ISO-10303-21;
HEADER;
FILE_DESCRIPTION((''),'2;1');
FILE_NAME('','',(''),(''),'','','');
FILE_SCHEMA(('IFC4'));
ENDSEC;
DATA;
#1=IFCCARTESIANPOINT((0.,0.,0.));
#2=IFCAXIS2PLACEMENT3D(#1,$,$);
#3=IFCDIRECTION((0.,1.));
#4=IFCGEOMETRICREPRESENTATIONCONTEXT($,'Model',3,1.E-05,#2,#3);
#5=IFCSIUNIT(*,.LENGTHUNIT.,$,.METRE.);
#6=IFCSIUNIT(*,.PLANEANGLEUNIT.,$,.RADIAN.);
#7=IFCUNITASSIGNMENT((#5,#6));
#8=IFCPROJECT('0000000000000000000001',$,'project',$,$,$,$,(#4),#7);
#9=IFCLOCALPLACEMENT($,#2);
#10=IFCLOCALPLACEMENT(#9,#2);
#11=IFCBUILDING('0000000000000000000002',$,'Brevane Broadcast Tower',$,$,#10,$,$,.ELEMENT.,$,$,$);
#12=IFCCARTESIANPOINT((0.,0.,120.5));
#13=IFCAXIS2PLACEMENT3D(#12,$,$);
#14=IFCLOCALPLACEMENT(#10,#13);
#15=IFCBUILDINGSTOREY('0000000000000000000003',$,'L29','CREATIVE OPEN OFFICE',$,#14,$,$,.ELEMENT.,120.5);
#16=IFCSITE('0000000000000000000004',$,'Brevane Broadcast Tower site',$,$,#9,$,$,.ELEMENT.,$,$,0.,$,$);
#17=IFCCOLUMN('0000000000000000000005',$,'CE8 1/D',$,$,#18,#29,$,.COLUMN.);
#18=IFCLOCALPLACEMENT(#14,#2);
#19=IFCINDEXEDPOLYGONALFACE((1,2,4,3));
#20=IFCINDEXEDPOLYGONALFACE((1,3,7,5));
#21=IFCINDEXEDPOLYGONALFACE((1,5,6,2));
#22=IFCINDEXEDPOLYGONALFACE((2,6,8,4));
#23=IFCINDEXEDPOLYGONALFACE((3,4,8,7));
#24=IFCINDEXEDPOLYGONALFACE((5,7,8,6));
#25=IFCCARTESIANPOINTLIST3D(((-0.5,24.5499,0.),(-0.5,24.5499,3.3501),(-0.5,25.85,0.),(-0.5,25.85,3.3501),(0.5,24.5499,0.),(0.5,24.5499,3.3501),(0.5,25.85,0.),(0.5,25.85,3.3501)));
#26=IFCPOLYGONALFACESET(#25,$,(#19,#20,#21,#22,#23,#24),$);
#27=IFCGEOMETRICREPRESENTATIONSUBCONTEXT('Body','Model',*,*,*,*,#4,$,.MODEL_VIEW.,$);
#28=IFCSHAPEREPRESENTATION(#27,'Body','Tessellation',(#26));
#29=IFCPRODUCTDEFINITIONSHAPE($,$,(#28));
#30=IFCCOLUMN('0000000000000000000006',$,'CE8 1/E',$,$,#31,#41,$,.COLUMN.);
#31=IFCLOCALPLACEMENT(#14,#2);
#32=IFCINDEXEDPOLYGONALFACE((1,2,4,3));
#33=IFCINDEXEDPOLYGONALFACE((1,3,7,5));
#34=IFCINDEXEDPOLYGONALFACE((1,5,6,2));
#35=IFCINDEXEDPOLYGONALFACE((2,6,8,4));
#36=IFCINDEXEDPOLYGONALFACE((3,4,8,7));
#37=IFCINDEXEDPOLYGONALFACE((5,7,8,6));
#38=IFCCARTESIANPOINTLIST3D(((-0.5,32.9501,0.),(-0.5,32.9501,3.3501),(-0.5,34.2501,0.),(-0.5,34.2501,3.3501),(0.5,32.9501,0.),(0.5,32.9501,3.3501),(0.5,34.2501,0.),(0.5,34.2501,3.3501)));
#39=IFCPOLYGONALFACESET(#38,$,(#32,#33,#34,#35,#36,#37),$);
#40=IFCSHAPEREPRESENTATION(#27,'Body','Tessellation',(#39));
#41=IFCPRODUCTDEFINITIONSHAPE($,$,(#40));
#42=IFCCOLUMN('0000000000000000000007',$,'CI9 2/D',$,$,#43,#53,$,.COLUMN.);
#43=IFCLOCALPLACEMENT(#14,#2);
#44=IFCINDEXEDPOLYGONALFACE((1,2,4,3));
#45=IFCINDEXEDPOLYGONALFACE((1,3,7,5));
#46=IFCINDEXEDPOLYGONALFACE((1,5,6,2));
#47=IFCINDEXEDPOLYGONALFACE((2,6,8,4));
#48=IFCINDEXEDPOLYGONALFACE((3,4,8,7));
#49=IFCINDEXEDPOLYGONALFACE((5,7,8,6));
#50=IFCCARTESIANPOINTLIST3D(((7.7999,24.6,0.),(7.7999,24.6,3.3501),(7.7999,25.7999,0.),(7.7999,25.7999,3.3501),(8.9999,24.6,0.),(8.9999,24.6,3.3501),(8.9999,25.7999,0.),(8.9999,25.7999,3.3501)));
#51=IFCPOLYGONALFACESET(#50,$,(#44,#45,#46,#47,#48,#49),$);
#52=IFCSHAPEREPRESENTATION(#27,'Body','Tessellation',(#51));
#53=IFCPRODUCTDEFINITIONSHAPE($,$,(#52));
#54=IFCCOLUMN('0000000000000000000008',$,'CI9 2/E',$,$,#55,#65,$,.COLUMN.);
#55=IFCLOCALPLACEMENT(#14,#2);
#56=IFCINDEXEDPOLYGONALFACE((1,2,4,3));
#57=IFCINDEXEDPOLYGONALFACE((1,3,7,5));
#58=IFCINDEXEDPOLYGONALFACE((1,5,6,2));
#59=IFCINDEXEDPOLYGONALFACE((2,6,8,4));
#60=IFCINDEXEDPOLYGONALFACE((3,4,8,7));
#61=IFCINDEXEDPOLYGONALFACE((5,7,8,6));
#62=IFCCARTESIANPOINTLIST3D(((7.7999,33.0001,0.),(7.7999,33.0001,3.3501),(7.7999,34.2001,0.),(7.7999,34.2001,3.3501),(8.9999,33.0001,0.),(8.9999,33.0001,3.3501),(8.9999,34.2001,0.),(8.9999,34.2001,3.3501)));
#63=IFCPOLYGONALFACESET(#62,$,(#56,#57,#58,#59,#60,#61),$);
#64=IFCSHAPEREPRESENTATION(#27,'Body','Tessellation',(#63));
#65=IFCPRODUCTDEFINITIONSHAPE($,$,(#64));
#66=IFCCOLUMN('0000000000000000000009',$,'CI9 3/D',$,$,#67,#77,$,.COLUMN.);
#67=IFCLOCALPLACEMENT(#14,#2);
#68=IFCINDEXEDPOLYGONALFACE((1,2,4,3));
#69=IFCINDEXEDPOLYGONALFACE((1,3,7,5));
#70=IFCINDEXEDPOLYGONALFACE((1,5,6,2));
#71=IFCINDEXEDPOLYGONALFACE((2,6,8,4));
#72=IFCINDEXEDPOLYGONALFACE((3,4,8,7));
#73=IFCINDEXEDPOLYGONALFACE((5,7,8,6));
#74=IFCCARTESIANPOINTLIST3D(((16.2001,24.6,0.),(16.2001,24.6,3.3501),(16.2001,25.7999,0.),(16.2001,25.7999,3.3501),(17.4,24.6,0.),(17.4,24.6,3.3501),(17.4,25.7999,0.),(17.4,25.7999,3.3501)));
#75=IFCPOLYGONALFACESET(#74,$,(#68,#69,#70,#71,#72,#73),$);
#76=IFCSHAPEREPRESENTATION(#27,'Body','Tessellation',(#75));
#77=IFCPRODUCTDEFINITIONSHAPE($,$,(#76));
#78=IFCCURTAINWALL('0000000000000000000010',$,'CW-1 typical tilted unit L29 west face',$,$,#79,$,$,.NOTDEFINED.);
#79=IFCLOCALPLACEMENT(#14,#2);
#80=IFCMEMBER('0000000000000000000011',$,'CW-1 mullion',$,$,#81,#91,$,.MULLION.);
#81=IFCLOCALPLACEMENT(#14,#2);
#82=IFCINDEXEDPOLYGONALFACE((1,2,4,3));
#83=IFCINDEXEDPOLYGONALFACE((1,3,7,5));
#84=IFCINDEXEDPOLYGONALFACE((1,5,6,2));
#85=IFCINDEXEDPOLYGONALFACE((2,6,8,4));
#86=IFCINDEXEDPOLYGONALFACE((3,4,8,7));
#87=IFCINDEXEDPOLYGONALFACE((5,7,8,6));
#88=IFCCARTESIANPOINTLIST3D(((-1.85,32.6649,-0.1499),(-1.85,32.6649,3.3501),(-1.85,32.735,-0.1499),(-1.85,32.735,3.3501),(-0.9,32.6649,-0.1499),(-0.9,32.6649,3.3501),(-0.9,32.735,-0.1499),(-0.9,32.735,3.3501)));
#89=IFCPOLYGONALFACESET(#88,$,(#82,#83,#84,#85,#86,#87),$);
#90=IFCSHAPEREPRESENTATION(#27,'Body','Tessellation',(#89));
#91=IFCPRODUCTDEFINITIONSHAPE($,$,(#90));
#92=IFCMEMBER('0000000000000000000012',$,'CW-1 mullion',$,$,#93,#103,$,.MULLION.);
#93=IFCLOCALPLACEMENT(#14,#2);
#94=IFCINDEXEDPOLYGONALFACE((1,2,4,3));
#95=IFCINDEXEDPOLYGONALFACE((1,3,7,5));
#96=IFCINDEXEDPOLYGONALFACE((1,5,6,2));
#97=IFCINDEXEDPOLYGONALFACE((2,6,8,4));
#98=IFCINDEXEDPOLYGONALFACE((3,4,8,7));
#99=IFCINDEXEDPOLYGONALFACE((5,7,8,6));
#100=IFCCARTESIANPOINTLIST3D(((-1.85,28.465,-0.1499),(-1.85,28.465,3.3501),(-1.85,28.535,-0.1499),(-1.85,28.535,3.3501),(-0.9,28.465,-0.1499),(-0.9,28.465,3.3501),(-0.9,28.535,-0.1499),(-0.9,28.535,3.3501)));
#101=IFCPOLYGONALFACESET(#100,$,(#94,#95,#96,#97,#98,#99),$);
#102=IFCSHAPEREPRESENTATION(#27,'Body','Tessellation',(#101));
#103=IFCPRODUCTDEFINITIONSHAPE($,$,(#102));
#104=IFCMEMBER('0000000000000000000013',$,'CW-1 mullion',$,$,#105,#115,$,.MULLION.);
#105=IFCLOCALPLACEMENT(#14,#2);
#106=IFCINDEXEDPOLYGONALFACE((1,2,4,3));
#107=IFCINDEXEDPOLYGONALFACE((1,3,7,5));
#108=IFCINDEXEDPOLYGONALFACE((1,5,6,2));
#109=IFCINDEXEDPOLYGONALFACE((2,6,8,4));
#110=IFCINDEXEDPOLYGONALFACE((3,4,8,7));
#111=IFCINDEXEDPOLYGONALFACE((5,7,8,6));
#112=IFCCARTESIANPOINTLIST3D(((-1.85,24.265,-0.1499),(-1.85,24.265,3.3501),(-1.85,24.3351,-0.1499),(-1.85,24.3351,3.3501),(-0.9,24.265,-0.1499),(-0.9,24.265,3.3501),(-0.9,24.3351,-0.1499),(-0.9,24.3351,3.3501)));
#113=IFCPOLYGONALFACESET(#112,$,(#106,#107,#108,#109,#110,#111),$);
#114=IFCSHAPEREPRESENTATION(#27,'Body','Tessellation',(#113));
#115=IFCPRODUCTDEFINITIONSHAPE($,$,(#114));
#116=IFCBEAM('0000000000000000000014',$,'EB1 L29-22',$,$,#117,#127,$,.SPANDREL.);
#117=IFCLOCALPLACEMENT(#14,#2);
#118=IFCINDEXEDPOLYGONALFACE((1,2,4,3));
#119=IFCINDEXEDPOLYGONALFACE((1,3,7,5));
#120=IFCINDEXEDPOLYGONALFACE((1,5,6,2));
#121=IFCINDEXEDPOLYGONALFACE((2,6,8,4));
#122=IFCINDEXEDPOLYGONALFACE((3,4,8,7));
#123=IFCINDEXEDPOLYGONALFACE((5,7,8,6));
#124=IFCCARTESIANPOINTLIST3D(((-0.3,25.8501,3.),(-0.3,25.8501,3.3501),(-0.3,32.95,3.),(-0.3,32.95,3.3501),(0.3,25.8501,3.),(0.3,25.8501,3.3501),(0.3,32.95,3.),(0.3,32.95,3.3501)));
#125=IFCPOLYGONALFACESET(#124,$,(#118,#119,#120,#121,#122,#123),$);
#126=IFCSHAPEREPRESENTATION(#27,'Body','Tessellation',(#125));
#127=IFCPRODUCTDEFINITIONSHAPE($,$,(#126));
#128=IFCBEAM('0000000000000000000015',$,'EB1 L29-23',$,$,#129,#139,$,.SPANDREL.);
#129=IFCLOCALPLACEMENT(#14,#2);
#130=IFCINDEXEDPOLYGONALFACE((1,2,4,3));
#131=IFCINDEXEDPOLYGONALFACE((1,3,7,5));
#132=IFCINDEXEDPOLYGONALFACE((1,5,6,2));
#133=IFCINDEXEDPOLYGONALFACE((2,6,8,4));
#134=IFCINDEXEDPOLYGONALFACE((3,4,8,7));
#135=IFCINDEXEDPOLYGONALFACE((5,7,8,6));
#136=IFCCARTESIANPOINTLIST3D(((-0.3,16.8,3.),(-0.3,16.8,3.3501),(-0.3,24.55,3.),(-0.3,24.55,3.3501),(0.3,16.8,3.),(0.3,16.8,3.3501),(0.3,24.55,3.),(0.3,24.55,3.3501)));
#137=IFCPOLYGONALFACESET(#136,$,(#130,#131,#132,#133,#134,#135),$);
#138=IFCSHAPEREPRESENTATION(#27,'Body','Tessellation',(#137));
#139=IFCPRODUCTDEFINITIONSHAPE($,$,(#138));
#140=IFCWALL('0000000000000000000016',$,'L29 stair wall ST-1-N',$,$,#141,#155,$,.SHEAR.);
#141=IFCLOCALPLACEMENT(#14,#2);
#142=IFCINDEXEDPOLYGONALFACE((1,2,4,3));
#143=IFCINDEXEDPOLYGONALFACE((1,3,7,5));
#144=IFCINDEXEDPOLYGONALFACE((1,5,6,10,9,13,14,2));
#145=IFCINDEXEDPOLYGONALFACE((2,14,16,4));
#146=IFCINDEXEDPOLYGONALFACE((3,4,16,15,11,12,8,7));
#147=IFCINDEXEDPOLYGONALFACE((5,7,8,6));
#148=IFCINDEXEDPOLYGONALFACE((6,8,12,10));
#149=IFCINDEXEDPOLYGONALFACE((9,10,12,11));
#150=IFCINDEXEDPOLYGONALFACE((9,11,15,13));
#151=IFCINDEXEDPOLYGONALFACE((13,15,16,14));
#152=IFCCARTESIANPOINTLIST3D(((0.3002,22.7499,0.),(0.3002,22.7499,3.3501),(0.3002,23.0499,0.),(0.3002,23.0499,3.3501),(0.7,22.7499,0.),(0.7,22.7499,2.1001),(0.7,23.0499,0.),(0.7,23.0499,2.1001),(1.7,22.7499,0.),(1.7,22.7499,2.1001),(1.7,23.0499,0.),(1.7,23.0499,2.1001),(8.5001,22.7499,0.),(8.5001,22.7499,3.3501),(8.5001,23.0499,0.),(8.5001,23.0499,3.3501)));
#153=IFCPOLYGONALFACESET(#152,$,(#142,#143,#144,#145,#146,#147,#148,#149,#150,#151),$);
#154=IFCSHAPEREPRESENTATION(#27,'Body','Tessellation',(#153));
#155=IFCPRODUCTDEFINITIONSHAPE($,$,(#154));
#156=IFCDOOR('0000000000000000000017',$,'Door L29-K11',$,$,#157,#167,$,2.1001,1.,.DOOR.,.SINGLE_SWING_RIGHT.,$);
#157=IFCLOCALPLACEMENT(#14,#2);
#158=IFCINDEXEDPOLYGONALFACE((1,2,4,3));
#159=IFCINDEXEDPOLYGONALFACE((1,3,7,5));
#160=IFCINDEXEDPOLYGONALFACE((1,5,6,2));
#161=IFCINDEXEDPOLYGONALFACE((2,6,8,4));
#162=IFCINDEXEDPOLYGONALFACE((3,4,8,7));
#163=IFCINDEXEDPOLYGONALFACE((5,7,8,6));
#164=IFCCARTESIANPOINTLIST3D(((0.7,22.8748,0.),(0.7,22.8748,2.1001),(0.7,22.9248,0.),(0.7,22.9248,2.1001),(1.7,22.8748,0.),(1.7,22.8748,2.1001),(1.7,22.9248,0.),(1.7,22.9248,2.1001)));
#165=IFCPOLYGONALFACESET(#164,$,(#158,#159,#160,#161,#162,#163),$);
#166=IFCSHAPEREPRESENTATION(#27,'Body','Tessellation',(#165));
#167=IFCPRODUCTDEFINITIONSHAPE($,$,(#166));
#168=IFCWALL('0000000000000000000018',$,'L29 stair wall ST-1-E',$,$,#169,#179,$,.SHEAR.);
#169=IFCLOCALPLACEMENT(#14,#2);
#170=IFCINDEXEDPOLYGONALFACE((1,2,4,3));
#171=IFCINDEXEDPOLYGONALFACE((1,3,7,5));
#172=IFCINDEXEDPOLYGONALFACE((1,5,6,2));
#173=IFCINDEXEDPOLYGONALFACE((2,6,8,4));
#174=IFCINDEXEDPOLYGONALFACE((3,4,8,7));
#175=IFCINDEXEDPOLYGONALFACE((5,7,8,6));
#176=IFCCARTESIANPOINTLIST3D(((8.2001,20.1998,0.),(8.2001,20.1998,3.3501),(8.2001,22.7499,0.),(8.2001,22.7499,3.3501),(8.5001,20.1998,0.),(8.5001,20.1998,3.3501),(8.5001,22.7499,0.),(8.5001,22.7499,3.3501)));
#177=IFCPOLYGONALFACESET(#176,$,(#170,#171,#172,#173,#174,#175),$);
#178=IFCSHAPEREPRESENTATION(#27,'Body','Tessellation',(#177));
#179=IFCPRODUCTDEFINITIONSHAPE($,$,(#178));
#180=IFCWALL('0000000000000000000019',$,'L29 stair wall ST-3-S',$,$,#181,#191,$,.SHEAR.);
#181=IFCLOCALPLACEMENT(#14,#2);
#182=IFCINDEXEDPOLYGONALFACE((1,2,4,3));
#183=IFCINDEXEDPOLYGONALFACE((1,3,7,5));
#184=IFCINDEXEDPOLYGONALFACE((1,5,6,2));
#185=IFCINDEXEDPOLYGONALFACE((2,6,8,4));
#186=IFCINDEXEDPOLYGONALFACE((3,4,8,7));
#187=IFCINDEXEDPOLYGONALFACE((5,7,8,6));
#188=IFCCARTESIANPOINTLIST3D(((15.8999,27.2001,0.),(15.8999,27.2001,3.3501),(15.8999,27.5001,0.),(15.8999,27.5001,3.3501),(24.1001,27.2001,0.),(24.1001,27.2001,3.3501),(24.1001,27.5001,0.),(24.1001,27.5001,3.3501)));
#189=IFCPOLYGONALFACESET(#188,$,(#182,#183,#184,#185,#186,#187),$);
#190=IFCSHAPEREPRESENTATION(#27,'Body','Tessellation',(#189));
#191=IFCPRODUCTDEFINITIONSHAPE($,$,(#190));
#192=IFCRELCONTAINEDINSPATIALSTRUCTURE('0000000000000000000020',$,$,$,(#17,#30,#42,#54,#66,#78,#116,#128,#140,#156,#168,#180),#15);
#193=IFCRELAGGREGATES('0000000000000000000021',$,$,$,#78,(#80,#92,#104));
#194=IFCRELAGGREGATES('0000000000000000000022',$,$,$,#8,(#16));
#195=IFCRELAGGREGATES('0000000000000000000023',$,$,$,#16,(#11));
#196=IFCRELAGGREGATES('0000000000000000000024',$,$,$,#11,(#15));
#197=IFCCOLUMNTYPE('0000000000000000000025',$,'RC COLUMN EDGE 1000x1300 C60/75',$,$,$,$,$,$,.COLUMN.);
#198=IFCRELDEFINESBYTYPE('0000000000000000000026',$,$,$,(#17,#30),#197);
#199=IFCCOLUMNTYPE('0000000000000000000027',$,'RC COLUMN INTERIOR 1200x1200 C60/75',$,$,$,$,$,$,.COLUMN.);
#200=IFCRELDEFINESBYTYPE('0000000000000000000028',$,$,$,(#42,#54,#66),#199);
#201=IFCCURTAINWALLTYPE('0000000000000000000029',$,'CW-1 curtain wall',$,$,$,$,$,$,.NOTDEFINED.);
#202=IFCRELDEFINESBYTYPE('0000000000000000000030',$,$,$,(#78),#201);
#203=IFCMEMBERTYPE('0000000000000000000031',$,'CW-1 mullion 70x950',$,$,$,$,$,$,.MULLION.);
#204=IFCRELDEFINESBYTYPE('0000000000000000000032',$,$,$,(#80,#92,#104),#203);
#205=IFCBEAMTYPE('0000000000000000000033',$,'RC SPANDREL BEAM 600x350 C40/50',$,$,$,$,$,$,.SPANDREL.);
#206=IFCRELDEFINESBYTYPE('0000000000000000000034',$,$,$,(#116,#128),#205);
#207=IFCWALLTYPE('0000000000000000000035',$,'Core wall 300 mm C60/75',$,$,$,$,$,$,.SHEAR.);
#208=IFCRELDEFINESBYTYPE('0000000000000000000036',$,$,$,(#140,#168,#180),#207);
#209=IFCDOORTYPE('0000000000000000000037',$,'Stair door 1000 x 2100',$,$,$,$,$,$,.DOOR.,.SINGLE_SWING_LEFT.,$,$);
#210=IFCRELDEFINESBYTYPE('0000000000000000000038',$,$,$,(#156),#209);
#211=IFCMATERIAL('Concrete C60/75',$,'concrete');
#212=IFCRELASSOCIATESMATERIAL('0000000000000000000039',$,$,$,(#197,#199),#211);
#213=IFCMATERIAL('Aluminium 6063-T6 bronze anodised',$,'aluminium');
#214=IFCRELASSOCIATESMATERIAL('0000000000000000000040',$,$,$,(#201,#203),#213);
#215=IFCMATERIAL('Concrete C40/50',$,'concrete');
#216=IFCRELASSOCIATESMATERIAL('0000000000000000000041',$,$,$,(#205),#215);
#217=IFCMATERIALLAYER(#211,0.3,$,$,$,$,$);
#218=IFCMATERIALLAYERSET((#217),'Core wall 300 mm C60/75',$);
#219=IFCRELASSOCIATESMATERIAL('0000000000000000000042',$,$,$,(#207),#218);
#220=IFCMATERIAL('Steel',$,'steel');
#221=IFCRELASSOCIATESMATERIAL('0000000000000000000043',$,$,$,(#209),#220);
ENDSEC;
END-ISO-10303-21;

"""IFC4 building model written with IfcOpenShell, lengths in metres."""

from ifc_helpers import new_model, si_unit, direction, frame, frame_2d, origin, origin_2d, place, context, subcontext, project, spatial, rectangle, extrude, material, layer, layer_set, material_profile, profile_set, type_object, element, fill, aggregate, save


model = new_model("IFC4")

# Units and contexts
model_context = context("Model", 3, precision=1e-05, world=origin(), true_north=direction((0.0, 1.0)))
body_context = subcontext(model_context, "Body", "Model", "MODEL_VIEW")
ifc_project = project(units=[si_unit("LENGTHUNIT", "METRE"), si_unit("PLANEANGLEUNIT", "RADIAN")], contexts=[model_context])

# Site, building, storey
site_placement = place(None, origin())
site = spatial("IfcSite", under=ifc_project, at=site_placement, Name="Brevane Broadcast Tower site", CompositionType="ELEMENT", RefElevation=0.0)
building_placement = place(site_placement, origin())
building = spatial("IfcBuilding", under=site, at=building_placement, Name="Brevane Broadcast Tower", CompositionType="ELEMENT")
storey_placement = place(building_placement, frame((0.0, 0.0, 120.5)))
storey = spatial("IfcBuildingStorey", under=building, at=storey_placement, Name="L29", Description="CREATIVE OPEN OFFICE", CompositionType="ELEMENT", Elevation=120.5)

# Columns
ifc_material_1 = material(Name="Concrete C60/75", Category="concrete")
ifc_material_profile_1 = material_profile(ifc_material_1, rectangle(XDim=1.0, YDim=1.3, at=origin_2d()), Name="RC 1000x1300")
ifc_profile_set_1 = profile_set([ifc_material_profile_1], Name="Concrete C60/75")
column_type_1 = type_object("IfcColumnType", Name="RC COLUMN EDGE 1000x1300 C60/75", PredefinedType="COLUMN", material=ifc_profile_set_1)
for number, where, z_axis, x_axis, name in (
    (1, (0.0, 25.2, 0.0), (0.0, 0.0, 1.0), (1.0, 0.0, 0.0), "CE8 1/D"),
    (2, (0.0, 33.6001, 0.0), (0.0, 0.0, 1.0), (1.0, 0.0, 0.0), "CE8 1/E"),
):
    element("IfcColumn", number, at=place(storey_placement, frame(where, z_axis=z_axis, x_axis=x_axis)), inside=storey, type_object=column_type_1, Name=name, PredefinedType="COLUMN", context=body_context, shape_type="SweptSolid", body=[
        extrude(rectangle(XDim=1.0, YDim=1.3, at=origin_2d()), origin(), (0.0, 0.0, 1.0), 3.3501),
    ])
ifc_material_profile_2 = material_profile(ifc_material_1, rectangle(XDim=1.2, YDim=1.2, at=origin_2d()), Name="RC 1200x1200")
ifc_profile_set_2 = profile_set([ifc_material_profile_2], Name="Concrete C60/75")
column_type_2 = type_object("IfcColumnType", Name="RC COLUMN INTERIOR 1200x1200 C60/75", PredefinedType="COLUMN", material=ifc_profile_set_2)
for number, where, z_axis, x_axis, name in (
    (3, (8.3999, 25.2, 0.0), (0.0, 0.0, 1.0), (1.0, 0.0, 0.0), "CI9 2/D"),
    (4, (8.3999, 33.6001, 0.0), (0.0, 0.0, 1.0), (1.0, 0.0, 0.0), "CI9 2/E"),
    (5, (16.8, 25.2, 0.0), (0.0, 0.0, 1.0), (1.0, 0.0, 0.0), "CI9 3/D"),
):
    element("IfcColumn", number, at=place(storey_placement, frame(where, z_axis=z_axis, x_axis=x_axis)), inside=storey, type_object=column_type_2, Name=name, PredefinedType="COLUMN", context=body_context, shape_type="SweptSolid", body=[
        extrude(rectangle(XDim=1.2, YDim=1.2, at=origin_2d()), origin(), (0.0, 0.0, 1.0), 3.3501),
    ])

# Curtain wall, members
ifc_material_2 = material(Name="Aluminium 6063-T6 bronze anodised", Category="aluminium")
curtain_wall_type = type_object("IfcCurtainWallType", Name="CW-1 curtain wall", PredefinedType="NOTDEFINED", material=ifc_material_2)
curtain_wall_placement = place(storey_placement, origin())
curtain_wall = element("IfcCurtainWall", 6, at=curtain_wall_placement, inside=storey, type_object=curtain_wall_type, Name="CW-1 typical tilted unit L29 west face", PredefinedType="NOTDEFINED")
ifc_material_profile_3 = material_profile(ifc_material_2, rectangle(XDim=0.95, YDim=0.0701, at=origin_2d()), Name="RECT 70x950")
ifc_profile_set_3 = profile_set([ifc_material_profile_3], Name="Aluminium 6063-T6 bronze anodised")
member_type = type_object("IfcMemberType", Name="CW-1 mullion 70x950", PredefinedType="MULLION", material=ifc_profile_set_3)
member_1_placement = place(storey_placement, frame((-1.375, 32.7, -0.1499), z_axis=(0.0, 0.0, 1.0), x_axis=(1.0, 0.0, 0.0)))
member_1 = element("IfcMember", 7, at=member_1_placement, type_object=member_type, Name="CW-1 mullion", PredefinedType="MULLION", context=body_context, shape_type="SweptSolid", body=[
    extrude(rectangle(XDim=0.95, YDim=0.0701, at=origin_2d()), origin(), (0.0, 0.0, 1.0), 3.5),
])
member_2_placement = place(storey_placement, frame((-1.375, 28.5, -0.1499), z_axis=(0.0, 0.0, 1.0), x_axis=(1.0, 0.0, 0.0)))
member_2 = element("IfcMember", 8, at=member_2_placement, type_object=member_type, Name="CW-1 mullion", PredefinedType="MULLION", context=body_context, shape_type="SweptSolid", body=[
    extrude(rectangle(XDim=0.95, YDim=0.0701, at=origin_2d()), origin(), (0.0, 0.0, 1.0), 3.5),
])
member_3_placement = place(storey_placement, frame((-1.375, 24.3, -0.1499), z_axis=(0.0, 0.0, 1.0), x_axis=(1.0, 0.0, 0.0)))
member_3 = element("IfcMember", 9, at=member_3_placement, type_object=member_type, Name="CW-1 mullion", PredefinedType="MULLION", context=body_context, shape_type="SweptSolid", body=[
    extrude(rectangle(XDim=0.95, YDim=0.0701, at=origin_2d()), origin(), (0.0, 0.0, 1.0), 3.5),
])
aggregate(curtain_wall, [member_1, member_2, member_3])

# Beams
ifc_material_3 = material(Name="Concrete C40/50", Category="concrete")
ifc_material_profile_4 = material_profile(ifc_material_3, rectangle(XDim=0.6001, YDim=0.3501, at=origin_2d()), Name="RC 600x350")
ifc_profile_set_4 = profile_set([ifc_material_profile_4], Name="Concrete C40/50")
beam_type = type_object("IfcBeamType", Name="RC SPANDREL BEAM 600x350 C40/50", PredefinedType="SPANDREL", material=ifc_profile_set_4)
beam_1_placement = place(storey_placement, frame((0.0, 32.95, 3.175), z_axis=(0.0, -1.0, 0.0), x_axis=(1.0, 0.0, 0.0)))
element("IfcBeam", 10, at=beam_1_placement, inside=storey, type_object=beam_type, Name="EB1 L29-22", PredefinedType="SPANDREL", context=body_context, shape_type="SweptSolid", body=[
    extrude(rectangle(XDim=0.6001, YDim=0.3501, at=origin_2d()), origin(), (0.0, 0.0, 1.0), 7.0999),
])
beam_2_placement = place(storey_placement, frame((0.0, 24.55, 3.175), z_axis=(0.0, -1.0, 0.0), x_axis=(1.0, 0.0, 0.0)))
element("IfcBeam", 11, at=beam_2_placement, inside=storey, type_object=beam_type, Name="EB1 L29-23", PredefinedType="SPANDREL", context=body_context, shape_type="SweptSolid", body=[
    extrude(rectangle(XDim=0.6001, YDim=0.3501, at=origin_2d()), origin(), (0.0, 0.0, 1.0), 7.75),
])

# Wall, opening, door
ifc_layer_1 = layer(ifc_material_1, 0.3)
ifc_layer_set_1 = layer_set([ifc_layer_1], Name="Core wall 300 mm C60/75")
wall_type_1 = type_object("IfcWallType", Name="Core wall 300 mm C60/75", PredefinedType="SHEAR", material=ifc_layer_set_1)
wall_1_placement = place(storey_placement, frame((0.3, 22.8999, 0.0), z_axis=(0.0, 0.0, 1.0), x_axis=(1.0, 0.0, 0.0)))
wall_1 = element("IfcWall", 12, at=wall_1_placement, inside=storey, type_object=wall_type_1, Name="L29 stair wall ST-1-N", PredefinedType="SHEAR", context=body_context, shape_type="SweptSolid", body=[
    extrude(rectangle(XDim=8.2, YDim=0.3, at=frame_2d((4.1001, 0.0))), origin(), (0.0, 0.0, 1.0), 3.3501),
])
opening_1_placement = place(wall_1_placement, frame((0.3999, 0.0, 0.0)))
opening_1 = element("IfcOpeningElement", 13, at=opening_1_placement, cuts=wall_1, PredefinedType="OPENING", context=body_context, shape_type="SweptSolid", body=[
    extrude(rectangle(XDim=1.0, YDim=2.1001, at=frame_2d((0.5, 1.05))), frame((0.0, 0.1599, 0.0), z_axis=(0.0, -1.0, 0.0), x_axis=(1.0, 0.0, 0.0)), (0.0, 0.0, 1.0), 0.3201),
])
ifc_material_4 = material(Name="Steel", Category="steel")
door_type_1 = type_object("IfcDoorType", Name="Stair door 1000 x 2100", OperationType="SINGLE_SWING_LEFT", PredefinedType="DOOR", material=ifc_material_4)
door_1_placement = place(opening_1_placement, origin())
door_1 = element("IfcDoor", 14, at=door_1_placement, inside=storey, type_object=door_type_1, Name="Door L29-K11", OperationType="SINGLE_SWING_RIGHT", OverallHeight=2.1001, OverallWidth=1.0, PredefinedType="DOOR", context=body_context, shape_type="SweptSolid", body=[
    extrude(rectangle(XDim=1.0, YDim=2.1001, at=frame_2d((0.5, 1.05))), frame((0.0, 0.0249, 0.0), z_axis=(0.0, -1.0, 0.0), x_axis=(1.0, 0.0, 0.0)), (0.0, 0.0, 1.0), 0.05),
])
fill(opening_1, door_1)

# Walls
wall_2_placement = place(storey_placement, frame((8.3501, 20.2, 0.0), z_axis=(0.0, 0.0, 1.0), x_axis=(0.0, 1.0, 0.0)))
element("IfcWall", 15, at=wall_2_placement, inside=storey, type_object=wall_type_1, Name="L29 stair wall ST-1-E", PredefinedType="SHEAR", context=body_context, shape_type="SweptSolid", body=[
    extrude(rectangle(XDim=2.55, YDim=0.3, at=frame_2d((1.2749, 0.0))), origin(), (0.0, 0.0, 1.0), 3.3501),
])
for number, where, z_axis, x_axis, name in (
    (16, (15.8999, 27.3501, 0.0), (0.0, 0.0, 1.0), (1.0, 0.0, 0.0), "L29 stair wall ST-3-S"),
):
    element("IfcWall", number, at=place(storey_placement, frame(where, z_axis=z_axis, x_axis=x_axis)), inside=storey, type_object=wall_type_1, Name=name, PredefinedType="SHEAR", context=body_context, shape_type="SweptSolid", body=[
        extrude(rectangle(XDim=8.2002, YDim=0.3, at=frame_2d((4.1001, 0.0))), origin(), (0.0, 0.0, 1.0), 3.3501),
    ])

save(model, "model.ifc")
